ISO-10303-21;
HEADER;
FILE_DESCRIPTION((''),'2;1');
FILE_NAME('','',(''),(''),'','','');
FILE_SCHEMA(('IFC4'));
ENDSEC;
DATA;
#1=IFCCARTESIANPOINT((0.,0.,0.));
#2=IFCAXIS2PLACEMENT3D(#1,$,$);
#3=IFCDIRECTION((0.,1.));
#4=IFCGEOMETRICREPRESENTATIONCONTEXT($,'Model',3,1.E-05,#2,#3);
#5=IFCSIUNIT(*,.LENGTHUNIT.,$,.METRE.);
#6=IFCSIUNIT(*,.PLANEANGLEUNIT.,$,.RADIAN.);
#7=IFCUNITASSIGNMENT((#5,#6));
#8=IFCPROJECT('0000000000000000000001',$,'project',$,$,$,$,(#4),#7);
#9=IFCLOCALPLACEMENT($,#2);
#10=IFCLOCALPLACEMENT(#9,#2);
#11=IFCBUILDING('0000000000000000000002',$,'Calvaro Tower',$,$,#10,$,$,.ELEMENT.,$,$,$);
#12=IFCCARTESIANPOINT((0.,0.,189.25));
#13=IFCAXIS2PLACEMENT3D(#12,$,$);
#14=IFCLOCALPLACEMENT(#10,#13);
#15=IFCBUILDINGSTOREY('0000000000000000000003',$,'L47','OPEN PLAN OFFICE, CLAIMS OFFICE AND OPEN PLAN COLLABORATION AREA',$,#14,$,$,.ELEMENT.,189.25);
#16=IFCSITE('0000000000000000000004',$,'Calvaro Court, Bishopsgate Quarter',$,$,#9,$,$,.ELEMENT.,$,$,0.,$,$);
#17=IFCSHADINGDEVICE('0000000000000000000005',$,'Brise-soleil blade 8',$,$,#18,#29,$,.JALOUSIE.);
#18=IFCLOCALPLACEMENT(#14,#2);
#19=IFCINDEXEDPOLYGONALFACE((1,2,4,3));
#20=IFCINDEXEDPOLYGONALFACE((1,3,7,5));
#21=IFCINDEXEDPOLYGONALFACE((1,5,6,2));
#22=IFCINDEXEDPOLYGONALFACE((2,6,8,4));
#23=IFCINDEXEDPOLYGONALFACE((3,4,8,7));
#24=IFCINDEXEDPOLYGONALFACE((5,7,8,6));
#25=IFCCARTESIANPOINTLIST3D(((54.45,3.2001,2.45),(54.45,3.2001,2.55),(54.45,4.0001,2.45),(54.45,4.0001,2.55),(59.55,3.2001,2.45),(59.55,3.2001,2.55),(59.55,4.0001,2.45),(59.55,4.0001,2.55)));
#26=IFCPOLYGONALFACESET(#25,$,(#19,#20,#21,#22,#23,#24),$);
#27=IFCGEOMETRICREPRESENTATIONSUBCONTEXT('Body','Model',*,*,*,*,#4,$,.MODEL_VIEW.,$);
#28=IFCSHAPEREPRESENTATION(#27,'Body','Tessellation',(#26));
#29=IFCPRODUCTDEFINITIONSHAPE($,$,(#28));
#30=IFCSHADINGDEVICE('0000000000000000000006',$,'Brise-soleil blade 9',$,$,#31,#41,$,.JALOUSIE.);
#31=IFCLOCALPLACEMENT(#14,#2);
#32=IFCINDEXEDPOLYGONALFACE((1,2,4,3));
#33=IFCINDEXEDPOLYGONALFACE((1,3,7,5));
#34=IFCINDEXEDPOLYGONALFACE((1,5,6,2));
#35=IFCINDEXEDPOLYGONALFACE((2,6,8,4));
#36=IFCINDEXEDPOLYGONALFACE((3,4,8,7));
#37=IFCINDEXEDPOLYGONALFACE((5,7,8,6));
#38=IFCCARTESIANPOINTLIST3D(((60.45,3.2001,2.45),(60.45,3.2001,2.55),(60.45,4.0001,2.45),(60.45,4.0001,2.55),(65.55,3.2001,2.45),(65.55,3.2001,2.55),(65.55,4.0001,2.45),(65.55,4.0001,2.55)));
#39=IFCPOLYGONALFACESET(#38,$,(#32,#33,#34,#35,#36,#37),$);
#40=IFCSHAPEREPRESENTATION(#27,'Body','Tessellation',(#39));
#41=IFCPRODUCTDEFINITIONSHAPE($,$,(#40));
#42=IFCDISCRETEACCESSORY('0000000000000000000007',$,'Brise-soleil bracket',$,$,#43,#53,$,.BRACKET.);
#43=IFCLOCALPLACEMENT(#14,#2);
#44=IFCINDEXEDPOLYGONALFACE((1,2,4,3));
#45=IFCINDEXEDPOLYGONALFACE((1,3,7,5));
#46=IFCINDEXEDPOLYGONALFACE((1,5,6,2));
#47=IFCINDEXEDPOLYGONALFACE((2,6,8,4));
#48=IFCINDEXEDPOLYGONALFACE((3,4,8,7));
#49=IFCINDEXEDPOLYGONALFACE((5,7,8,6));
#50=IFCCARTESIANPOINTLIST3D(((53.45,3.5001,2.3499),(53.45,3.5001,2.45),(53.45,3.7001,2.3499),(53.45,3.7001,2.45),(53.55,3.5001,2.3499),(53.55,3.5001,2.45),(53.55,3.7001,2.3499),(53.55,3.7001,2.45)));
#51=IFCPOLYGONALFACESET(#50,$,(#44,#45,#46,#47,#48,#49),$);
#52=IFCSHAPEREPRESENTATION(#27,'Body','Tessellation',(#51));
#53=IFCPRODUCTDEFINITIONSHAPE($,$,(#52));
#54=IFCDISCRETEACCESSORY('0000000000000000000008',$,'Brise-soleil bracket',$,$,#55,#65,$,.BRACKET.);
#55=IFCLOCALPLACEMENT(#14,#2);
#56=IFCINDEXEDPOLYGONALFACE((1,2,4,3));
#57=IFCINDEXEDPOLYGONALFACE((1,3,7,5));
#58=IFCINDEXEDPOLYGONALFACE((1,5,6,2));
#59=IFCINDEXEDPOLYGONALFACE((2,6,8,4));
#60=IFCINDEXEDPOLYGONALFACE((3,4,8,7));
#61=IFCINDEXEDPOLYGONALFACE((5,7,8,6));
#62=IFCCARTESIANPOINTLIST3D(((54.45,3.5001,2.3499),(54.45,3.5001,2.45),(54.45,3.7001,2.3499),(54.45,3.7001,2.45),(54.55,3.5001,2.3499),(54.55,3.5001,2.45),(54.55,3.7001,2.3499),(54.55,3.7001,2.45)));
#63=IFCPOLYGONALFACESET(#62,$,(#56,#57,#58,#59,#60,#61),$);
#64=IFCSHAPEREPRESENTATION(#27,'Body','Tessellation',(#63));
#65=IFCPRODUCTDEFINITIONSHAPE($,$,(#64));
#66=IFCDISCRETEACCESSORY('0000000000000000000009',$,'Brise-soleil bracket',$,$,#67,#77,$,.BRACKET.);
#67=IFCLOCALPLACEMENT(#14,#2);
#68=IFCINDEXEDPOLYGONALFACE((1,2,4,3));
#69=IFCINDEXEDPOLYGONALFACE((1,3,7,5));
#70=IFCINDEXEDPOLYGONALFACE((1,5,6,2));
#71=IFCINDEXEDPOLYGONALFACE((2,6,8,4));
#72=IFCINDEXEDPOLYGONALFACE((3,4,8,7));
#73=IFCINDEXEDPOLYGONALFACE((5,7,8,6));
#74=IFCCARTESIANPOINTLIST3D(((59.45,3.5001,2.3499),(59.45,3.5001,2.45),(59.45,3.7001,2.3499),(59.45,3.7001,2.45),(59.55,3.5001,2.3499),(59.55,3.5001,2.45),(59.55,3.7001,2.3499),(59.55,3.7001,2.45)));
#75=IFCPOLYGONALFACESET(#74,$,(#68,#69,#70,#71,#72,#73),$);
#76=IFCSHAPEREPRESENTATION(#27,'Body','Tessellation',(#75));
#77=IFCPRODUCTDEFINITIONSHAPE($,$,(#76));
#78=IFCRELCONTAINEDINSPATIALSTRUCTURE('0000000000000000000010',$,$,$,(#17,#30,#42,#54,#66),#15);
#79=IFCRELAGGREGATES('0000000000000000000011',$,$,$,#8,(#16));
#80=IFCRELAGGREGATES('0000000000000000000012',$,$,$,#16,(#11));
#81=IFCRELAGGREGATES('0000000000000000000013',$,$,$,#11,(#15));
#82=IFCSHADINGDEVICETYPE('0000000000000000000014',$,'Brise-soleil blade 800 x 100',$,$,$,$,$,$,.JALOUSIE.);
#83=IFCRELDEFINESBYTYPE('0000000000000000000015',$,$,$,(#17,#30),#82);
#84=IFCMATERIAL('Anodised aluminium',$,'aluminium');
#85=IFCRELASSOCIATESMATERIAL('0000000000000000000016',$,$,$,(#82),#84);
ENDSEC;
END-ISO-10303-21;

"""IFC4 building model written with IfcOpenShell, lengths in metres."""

from ifc_helpers import new_model, si_unit, direction, frame, origin, origin_2d, place, context, subcontext, project, spatial, rectangle, extrude, material, material_profile, profile_set, type_object, element, save


model = new_model("IFC4")

# Units and contexts
model_context = context("Model", 3, precision=1e-05, world=origin(), true_north=direction((0.0, 1.0)))
body_context = subcontext(model_context, "Body", "Model", "MODEL_VIEW")
ifc_project = project(units=[si_unit("LENGTHUNIT", "METRE"), si_unit("PLANEANGLEUNIT", "RADIAN")], contexts=[model_context])

# Site, building, storey
site_placement = place(None, origin())
site = spatial("IfcSite", under=ifc_project, at=site_placement, Name="Calvaro Court, Bishopsgate Quarter", CompositionType="ELEMENT", RefElevation=0.0)
building_placement = place(site_placement, origin())
building = spatial("IfcBuilding", under=site, at=building_placement, Name="Calvaro Tower", CompositionType="ELEMENT")
storey_placement = place(building_placement, frame((0.0, 0.0, 189.25)))
storey = spatial("IfcBuildingStorey", under=building, at=storey_placement, Name="L47", Description="OPEN PLAN OFFICE, CLAIMS OFFICE AND OPEN PLAN COLLABORATION AREA", CompositionType="ELEMENT", Elevation=189.25)

# Shading devices
ifc_material_1 = material(Name="Anodised aluminium", Category="aluminium")
ifc_material_profile_1 = material_profile(ifc_material_1, rectangle(XDim=0.8, YDim=0.1001, at=origin_2d()), Name="Brise-soleil blade 800 x 100")
ifc_profile_set_1 = profile_set([ifc_material_profile_1], Name="Anodised aluminium")
shading_device_type = type_object("IfcShadingDeviceType", Name="Brise-soleil blade 800 x 100", PredefinedType="JALOUSIE", material=ifc_profile_set_1)
for number, where, z_axis, x_axis, name in (
    (1, (54.45, 3.6001, 2.5), (1.0, 0.0, 0.0), (0.0, 1.0, 0.0), "Brise-soleil blade 8"),
    (2, (60.45, 3.6001, 2.5), (1.0, 0.0, 0.0), (0.0, 1.0, 0.0), "Brise-soleil blade 9"),
):
    element("IfcShadingDevice", number, at=place(storey_placement, frame(where, z_axis=z_axis, x_axis=x_axis)), inside=storey, type_object=shading_device_type, Name=name, PredefinedType="JALOUSIE", context=body_context, shape_type="SweptSolid", body=[
        extrude(rectangle(XDim=0.8, YDim=0.1001, at=origin_2d()), origin(), (0.0, 0.0, 1.0), 5.1001),
    ])

# Discrete accessories
for number, where, z_axis, x_axis, name in (
    (3, (53.5, 3.6001, 2.3499), (0.0, 0.0, 1.0), (1.0, 0.0, 0.0), "Brise-soleil bracket"),
    (4, (54.5, 3.6001, 2.3499), (0.0, 0.0, 1.0), (1.0, 0.0, 0.0), "Brise-soleil bracket"),
    (5, (59.5, 3.6001, 2.3499), (0.0, 0.0, 1.0), (1.0, 0.0, 0.0), "Brise-soleil bracket"),
):
    element("IfcDiscreteAccessory", number, at=place(storey_placement, frame(where, z_axis=z_axis, x_axis=x_axis)), inside=storey, Name=name, PredefinedType="BRACKET", context=body_context, shape_type="SweptSolid", body=[
        extrude(rectangle(XDim=0.1001, YDim=0.2, at=origin_2d()), origin(), (0.0, 0.0, 1.0), 0.1001),
    ])

save(model, "model.ifc")
